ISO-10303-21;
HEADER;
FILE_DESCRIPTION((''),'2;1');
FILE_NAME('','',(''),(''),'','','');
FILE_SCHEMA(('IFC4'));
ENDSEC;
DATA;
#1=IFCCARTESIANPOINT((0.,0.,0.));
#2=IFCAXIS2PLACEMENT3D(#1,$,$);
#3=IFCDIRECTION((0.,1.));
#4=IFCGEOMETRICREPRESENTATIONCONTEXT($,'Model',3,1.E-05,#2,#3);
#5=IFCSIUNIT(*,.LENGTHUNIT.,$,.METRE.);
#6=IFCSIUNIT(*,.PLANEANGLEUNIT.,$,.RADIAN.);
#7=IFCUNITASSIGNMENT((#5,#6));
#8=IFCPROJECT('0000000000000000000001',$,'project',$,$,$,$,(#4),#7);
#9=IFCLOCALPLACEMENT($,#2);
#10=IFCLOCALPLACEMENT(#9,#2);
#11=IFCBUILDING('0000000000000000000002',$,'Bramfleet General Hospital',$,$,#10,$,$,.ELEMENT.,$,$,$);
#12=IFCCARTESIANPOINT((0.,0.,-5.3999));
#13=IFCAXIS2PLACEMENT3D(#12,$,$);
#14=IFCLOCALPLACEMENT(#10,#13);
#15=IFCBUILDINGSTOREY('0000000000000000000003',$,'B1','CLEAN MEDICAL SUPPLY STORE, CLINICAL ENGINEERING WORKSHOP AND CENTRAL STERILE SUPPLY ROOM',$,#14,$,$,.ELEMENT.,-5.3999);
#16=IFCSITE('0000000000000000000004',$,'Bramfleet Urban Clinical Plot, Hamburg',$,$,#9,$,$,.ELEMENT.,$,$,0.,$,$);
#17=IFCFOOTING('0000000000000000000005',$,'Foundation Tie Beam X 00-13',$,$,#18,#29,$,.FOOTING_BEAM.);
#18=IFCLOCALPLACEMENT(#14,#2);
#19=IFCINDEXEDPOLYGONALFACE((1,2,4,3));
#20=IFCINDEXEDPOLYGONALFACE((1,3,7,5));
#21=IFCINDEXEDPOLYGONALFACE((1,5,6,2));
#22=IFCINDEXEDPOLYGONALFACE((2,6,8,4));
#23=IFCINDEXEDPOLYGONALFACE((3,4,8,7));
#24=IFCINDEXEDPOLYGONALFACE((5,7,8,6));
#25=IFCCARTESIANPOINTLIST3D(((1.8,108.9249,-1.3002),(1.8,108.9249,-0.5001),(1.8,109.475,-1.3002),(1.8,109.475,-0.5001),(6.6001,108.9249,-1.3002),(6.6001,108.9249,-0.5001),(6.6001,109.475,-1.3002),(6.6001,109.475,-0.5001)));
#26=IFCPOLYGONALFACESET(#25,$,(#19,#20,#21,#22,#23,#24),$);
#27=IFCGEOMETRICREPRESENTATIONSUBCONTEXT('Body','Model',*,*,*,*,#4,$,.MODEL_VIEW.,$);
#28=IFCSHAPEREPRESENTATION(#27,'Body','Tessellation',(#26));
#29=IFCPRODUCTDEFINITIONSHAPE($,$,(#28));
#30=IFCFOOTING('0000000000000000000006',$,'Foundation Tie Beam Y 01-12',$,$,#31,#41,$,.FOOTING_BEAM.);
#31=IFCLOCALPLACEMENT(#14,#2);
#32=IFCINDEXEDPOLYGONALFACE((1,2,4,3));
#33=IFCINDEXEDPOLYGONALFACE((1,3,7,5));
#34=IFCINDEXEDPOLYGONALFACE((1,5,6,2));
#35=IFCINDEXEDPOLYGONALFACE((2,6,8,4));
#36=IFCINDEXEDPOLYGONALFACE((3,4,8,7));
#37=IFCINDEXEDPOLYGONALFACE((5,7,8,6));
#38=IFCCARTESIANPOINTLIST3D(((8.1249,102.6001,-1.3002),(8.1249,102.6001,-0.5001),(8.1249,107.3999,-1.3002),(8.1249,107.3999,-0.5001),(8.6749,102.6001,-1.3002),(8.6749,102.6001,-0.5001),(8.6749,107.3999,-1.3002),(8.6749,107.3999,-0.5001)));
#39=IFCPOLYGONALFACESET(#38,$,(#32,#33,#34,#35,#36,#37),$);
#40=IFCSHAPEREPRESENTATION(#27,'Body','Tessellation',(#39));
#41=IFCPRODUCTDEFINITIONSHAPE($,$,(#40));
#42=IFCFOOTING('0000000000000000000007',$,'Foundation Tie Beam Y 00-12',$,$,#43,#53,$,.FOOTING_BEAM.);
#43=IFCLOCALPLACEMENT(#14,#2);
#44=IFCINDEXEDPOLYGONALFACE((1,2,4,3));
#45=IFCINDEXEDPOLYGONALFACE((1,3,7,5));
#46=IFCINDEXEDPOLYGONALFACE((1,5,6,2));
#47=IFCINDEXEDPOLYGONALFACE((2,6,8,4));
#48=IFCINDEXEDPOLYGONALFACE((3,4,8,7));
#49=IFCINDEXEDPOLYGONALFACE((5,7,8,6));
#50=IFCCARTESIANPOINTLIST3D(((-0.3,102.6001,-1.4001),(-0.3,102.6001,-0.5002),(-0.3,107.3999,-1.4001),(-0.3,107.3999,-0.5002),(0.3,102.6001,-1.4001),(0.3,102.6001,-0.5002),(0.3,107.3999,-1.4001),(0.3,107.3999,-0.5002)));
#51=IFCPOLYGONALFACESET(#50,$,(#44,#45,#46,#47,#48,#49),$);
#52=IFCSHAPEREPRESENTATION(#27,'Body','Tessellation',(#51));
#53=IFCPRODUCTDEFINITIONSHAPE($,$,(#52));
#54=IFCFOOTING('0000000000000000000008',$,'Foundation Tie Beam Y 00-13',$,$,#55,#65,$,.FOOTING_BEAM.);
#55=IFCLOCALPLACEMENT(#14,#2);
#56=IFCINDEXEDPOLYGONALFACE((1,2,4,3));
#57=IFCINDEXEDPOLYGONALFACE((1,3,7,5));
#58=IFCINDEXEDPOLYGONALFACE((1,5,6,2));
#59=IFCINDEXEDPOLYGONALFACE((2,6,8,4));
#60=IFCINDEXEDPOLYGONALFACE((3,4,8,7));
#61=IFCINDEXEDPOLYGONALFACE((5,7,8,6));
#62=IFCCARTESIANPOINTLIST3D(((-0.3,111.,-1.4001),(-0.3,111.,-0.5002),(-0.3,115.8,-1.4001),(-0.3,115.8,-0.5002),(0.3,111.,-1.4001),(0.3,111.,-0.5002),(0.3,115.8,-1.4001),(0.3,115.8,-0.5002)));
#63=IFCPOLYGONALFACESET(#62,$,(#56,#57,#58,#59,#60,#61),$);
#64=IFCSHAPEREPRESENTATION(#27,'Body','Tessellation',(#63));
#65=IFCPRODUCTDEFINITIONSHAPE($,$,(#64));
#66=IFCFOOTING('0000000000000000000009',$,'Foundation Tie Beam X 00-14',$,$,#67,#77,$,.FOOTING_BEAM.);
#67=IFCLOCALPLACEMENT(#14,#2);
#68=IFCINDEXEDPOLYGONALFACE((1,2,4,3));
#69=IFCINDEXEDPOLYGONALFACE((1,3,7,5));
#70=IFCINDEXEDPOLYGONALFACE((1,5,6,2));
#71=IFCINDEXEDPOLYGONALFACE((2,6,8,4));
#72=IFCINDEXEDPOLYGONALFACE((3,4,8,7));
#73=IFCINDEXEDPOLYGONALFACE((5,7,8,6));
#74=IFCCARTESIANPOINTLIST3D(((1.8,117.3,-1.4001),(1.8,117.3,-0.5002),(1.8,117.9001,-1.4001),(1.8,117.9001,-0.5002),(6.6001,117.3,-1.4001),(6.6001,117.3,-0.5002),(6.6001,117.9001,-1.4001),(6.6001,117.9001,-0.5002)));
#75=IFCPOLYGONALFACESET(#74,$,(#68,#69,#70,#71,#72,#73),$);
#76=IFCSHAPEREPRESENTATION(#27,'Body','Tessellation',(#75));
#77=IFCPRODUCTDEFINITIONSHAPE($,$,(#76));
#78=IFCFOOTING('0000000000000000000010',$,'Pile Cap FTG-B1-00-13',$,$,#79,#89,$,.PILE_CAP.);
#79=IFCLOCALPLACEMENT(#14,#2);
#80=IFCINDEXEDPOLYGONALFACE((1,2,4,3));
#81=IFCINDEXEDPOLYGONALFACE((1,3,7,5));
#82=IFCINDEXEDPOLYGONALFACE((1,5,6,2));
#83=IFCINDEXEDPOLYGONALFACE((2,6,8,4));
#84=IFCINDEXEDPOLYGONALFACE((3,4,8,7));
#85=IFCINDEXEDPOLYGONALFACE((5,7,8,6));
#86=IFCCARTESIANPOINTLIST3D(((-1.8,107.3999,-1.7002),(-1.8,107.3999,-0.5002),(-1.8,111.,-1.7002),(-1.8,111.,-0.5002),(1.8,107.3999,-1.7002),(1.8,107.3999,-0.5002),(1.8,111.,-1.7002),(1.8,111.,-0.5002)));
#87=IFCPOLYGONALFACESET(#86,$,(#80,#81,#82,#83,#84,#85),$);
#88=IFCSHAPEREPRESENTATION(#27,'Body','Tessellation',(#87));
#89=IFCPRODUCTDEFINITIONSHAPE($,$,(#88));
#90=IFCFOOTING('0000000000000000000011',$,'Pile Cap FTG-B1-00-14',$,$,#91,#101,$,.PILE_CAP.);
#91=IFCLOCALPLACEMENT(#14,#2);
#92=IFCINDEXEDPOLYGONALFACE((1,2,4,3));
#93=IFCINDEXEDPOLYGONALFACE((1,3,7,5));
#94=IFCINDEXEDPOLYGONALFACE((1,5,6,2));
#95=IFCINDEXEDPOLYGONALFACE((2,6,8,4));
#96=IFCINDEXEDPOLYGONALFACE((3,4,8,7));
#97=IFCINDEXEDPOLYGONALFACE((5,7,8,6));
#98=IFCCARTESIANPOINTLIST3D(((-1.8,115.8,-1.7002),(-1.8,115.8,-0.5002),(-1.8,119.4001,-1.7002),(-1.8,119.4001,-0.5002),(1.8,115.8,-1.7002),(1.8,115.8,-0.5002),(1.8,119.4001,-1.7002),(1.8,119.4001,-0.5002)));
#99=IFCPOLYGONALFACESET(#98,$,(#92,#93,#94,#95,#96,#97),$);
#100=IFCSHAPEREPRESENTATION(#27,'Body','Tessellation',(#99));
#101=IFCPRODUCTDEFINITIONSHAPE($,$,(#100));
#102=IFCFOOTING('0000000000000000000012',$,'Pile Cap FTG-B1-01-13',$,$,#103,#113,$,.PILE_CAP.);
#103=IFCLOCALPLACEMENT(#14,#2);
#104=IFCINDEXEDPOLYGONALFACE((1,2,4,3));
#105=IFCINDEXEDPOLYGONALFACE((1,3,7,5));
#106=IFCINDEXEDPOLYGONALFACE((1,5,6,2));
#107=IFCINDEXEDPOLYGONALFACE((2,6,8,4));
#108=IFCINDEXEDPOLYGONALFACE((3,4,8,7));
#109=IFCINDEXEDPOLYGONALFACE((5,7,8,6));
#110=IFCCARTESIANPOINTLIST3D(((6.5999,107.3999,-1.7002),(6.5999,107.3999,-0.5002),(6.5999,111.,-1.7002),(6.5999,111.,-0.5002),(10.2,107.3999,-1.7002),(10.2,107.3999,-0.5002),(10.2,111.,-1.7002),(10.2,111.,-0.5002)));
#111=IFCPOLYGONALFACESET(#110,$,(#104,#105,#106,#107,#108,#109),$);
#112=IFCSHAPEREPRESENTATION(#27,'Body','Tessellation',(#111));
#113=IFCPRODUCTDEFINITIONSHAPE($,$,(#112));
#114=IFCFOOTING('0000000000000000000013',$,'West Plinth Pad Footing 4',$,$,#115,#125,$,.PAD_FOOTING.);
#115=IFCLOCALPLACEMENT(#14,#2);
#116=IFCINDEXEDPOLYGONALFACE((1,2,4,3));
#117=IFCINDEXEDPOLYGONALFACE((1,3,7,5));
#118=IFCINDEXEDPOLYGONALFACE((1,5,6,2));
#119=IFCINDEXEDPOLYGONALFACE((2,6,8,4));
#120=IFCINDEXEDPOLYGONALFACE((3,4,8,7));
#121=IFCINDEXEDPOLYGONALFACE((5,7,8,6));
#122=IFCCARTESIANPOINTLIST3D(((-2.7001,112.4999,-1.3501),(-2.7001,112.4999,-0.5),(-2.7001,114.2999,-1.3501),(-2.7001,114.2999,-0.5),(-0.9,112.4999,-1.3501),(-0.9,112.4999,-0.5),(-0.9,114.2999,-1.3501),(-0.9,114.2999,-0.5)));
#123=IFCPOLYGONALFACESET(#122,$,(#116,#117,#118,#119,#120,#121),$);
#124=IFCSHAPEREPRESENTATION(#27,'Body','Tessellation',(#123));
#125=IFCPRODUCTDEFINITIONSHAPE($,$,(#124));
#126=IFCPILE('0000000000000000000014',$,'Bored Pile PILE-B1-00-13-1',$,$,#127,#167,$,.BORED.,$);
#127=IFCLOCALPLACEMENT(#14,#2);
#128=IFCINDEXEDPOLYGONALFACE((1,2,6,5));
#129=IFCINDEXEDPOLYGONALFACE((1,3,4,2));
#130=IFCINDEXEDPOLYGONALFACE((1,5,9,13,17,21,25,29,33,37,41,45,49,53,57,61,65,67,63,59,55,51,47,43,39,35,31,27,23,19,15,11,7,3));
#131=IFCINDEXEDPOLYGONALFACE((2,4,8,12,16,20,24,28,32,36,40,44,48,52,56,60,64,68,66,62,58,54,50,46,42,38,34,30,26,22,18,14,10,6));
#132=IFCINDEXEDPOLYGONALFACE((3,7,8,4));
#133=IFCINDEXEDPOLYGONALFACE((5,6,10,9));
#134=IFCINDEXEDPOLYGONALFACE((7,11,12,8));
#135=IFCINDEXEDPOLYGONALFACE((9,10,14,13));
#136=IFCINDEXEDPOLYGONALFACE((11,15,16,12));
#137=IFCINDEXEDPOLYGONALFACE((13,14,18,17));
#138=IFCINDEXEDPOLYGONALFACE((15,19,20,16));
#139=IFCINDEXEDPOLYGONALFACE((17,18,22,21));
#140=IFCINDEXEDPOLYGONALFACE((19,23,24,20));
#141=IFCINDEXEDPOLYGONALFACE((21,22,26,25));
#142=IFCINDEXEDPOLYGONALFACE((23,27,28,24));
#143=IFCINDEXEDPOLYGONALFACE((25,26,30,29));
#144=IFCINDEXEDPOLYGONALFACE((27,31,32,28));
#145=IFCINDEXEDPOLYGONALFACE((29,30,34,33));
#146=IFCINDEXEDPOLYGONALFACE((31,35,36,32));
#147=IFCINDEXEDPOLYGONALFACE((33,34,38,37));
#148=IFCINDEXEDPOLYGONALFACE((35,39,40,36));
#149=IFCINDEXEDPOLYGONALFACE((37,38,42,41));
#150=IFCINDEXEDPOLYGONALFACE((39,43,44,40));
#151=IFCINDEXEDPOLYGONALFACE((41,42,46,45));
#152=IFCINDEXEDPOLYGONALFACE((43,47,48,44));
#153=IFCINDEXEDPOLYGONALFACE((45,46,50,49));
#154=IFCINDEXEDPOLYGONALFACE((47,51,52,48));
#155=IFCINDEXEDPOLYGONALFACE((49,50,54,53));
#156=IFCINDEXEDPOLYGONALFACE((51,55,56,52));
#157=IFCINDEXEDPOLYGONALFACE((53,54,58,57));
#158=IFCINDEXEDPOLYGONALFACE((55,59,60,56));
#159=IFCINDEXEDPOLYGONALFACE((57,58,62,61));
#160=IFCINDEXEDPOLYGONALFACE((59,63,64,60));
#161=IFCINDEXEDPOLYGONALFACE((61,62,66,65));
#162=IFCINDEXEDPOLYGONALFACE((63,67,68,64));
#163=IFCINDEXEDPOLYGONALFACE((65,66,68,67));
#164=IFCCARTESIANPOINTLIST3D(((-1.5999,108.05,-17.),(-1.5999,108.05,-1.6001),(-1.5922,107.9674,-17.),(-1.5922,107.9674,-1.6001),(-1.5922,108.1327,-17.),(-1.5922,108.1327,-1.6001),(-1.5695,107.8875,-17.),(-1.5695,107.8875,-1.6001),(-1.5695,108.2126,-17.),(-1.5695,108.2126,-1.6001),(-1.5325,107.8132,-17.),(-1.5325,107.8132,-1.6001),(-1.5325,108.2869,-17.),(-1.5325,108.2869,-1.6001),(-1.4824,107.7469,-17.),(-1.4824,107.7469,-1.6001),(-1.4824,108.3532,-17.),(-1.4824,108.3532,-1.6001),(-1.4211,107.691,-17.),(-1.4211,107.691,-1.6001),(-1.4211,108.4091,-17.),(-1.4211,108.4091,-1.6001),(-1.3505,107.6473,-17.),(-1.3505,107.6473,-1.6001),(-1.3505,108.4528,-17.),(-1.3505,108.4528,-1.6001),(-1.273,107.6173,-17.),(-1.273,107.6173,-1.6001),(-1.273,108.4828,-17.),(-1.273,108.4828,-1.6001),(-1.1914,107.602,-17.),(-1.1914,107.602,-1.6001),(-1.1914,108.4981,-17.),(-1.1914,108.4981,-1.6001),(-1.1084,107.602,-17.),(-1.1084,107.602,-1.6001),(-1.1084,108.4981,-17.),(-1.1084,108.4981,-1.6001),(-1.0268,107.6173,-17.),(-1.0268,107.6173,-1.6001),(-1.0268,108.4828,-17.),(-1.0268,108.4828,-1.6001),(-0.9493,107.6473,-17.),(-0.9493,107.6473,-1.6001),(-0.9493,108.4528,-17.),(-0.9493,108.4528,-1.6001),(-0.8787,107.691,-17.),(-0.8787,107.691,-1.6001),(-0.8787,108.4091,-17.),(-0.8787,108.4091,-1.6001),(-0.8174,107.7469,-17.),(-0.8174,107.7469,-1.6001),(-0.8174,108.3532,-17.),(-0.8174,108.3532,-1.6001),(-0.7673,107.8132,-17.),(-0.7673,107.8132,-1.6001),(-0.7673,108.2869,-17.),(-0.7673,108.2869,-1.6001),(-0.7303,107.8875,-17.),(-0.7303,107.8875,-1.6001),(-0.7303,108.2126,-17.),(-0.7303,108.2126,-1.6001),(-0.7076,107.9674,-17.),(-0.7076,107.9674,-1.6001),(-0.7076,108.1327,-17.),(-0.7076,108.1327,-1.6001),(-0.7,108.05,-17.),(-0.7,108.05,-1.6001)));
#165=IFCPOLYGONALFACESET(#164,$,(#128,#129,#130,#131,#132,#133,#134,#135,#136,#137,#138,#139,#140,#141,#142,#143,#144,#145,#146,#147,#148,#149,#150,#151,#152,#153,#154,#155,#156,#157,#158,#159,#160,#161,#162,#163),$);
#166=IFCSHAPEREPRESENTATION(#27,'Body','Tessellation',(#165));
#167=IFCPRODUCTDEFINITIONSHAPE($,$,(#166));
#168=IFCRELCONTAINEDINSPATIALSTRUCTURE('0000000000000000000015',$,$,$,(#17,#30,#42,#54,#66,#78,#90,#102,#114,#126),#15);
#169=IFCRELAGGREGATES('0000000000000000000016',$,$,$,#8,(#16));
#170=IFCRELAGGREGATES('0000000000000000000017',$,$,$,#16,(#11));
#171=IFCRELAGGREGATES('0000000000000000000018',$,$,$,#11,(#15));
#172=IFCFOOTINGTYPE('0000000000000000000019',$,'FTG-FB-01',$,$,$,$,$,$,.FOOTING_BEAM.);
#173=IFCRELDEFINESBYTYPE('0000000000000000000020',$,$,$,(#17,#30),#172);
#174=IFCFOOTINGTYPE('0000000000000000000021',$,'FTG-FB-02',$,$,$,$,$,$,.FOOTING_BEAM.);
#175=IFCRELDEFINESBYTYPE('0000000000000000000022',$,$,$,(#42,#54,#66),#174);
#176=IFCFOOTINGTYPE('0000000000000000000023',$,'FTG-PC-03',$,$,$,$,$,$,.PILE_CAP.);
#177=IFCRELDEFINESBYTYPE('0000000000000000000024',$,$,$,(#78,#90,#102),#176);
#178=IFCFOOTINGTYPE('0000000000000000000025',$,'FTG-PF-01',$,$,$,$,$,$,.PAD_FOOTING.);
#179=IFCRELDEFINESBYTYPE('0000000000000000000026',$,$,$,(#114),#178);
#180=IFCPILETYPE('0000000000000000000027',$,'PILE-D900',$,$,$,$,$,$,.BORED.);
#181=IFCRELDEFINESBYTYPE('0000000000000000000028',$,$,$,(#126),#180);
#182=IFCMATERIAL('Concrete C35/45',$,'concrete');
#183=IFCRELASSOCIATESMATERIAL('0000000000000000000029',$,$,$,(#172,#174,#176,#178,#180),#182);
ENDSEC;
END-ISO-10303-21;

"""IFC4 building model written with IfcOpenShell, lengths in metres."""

from ifc_helpers import new_model, si_unit, direction, frame, origin, origin_2d, place, context, subcontext, project, spatial, rectangle, circle, extrude, material, material_profile, profile_set, type_object, element, save


model = new_model("IFC4")

# Units and contexts
model_context = context("Model", 3, precision=1e-05, world=origin(), true_north=direction((0.0, 1.0)))
body_context = subcontext(model_context, "Body", "Model", "MODEL_VIEW")
ifc_project = project(units=[si_unit("LENGTHUNIT", "METRE"), si_unit("PLANEANGLEUNIT", "RADIAN")], contexts=[model_context])

# Site, building, storey
site_placement = place(None, origin())
site = spatial("IfcSite", under=ifc_project, at=site_placement, Name="Bramfleet Urban Clinical Plot, Hamburg", CompositionType="ELEMENT", RefElevation=0.0)
building_placement = place(site_placement, origin())
building = spatial("IfcBuilding", under=site, at=building_placement, Name="Bramfleet General Hospital", CompositionType="ELEMENT")
storey_placement = place(building_placement, frame((0.0, 0.0, -5.3999)))
storey = spatial("IfcBuildingStorey", under=building, at=storey_placement, Name="B1", Description="CLEAN MEDICAL SUPPLY STORE, CLINICAL ENGINEERING WORKSHOP AND CENTRAL STERILE SUPPLY ROOM", CompositionType="ELEMENT", Elevation=-5.3999)

# Footings
ifc_material_1 = material(Name="Concrete C35/45", Category="concrete")
ifc_material_profile_1 = material_profile(ifc_material_1, rectangle(XDim=0.55, YDim=0.8, at=origin_2d()), Name="RC FB 800x550")
ifc_profile_set_1 = profile_set([ifc_material_profile_1], Name="Concrete C35/45")
footing_type_1 = type_object("IfcFootingType", Name="FTG-FB-01", PredefinedType="FOOTING_BEAM", material=ifc_profile_set_1)
footing_1_placement = place(storey_placement, frame((1.8, 109.2, -0.9001), z_axis=(1.0, 0.0, 0.0), x_axis=(0.0, 1.0, 0.0)))
element("IfcFooting", 1, at=footing_1_placement, inside=storey, type_object=footing_type_1, Name="Foundation Tie Beam X 00-13", PredefinedType="FOOTING_BEAM", context=body_context, shape_type="SweptSolid", body=[
    extrude(rectangle(XDim=0.55, YDim=0.8, at=origin_2d()), origin(), (0.0, 0.0, 1.0), 4.8),
])
footing_2_placement = place(storey_placement, frame((8.3999, 102.6001, -0.9001), z_axis=(0.0, 1.0, 0.0), x_axis=(-1.0, 0.0, 0.0)))
element("IfcFooting", 2, at=footing_2_placement, inside=storey, type_object=footing_type_1, Name="Foundation Tie Beam Y 01-12", PredefinedType="FOOTING_BEAM", context=body_context, shape_type="SweptSolid", body=[
    extrude(rectangle(XDim=0.55, YDim=0.8, at=origin_2d()), origin(), (0.0, 0.0, 1.0), 4.7998),
])
ifc_material_profile_2 = material_profile(ifc_material_1, rectangle(XDim=0.6001, YDim=0.8999, at=origin_2d()), Name="RC FB 900x600")
ifc_profile_set_2 = profile_set([ifc_material_profile_2], Name="Concrete C35/45")
footing_type_2 = type_object("IfcFootingType", Name="FTG-FB-02", PredefinedType="FOOTING_BEAM", material=ifc_profile_set_2)
footing_3_placement = place(storey_placement, frame((0.0, 102.6001, -0.9502), z_axis=(0.0, 1.0, 0.0), x_axis=(-1.0, 0.0, 0.0)))
element("IfcFooting", 3, at=footing_3_placement, inside=storey, type_object=footing_type_2, Name="Foundation Tie Beam Y 00-12", PredefinedType="FOOTING_BEAM", context=body_context, shape_type="SweptSolid", body=[
    extrude(rectangle(XDim=0.6001, YDim=0.8999, at=origin_2d()), origin(), (0.0, 0.0, 1.0), 4.7998),
])
for number, where, z_axis, x_axis, name in (
    (4, (0.0, 111.0, -0.9502), (0.0, 1.0, 0.0), (-1.0, 0.0, 0.0), "Foundation Tie Beam Y 00-13"),
    (5, (1.8, 117.6001, -0.9502), (1.0, 0.0, 0.0), (0.0, 1.0, 0.0), "Foundation Tie Beam X 00-14"),
):
    element("IfcFooting", number, at=place(storey_placement, frame(where, z_axis=z_axis, x_axis=x_axis)), inside=storey, type_object=footing_type_2, Name=name, PredefinedType="FOOTING_BEAM", context=body_context, shape_type="SweptSolid", body=[
        extrude(rectangle(XDim=0.6001, YDim=0.8999, at=origin_2d()), origin(), (0.0, 0.0, 1.0), 4.8),
    ])
footing_type_3 = type_object("IfcFootingType", Name="FTG-PC-03", PredefinedType="PILE_CAP", material=ifc_material_1)
for number, where, z_axis, x_axis, name in (
    (6, (0.0, 109.2, -1.7002), (0.0, 0.0, 1.0), (1.0, 0.0, 0.0), "Pile Cap FTG-B1-00-13"),
    (7, (0.0, 117.6001, -1.7002), (0.0, 0.0, 1.0), (1.0, 0.0, 0.0), "Pile Cap FTG-B1-00-14"),
    (8, (8.3999, 109.2, -1.7002), (0.0, 0.0, 1.0), (1.0, 0.0, 0.0), "Pile Cap FTG-B1-01-13"),
):
    element("IfcFooting", number, at=place(storey_placement, frame(where, z_axis=z_axis, x_axis=x_axis)), inside=storey, type_object=footing_type_3, Name=name, PredefinedType="PILE_CAP", context=body_context, shape_type="SweptSolid", body=[
        extrude(rectangle(XDim=3.6001, YDim=3.6001, at=origin_2d()), origin(), (0.0, 0.0, 1.0), 1.2),
    ])
footing_type_4 = type_object("IfcFootingType", Name="FTG-PF-01", PredefinedType="PAD_FOOTING", material=ifc_material_1)
footing_4_placement = place(storey_placement, frame((-1.8, 113.3999, -1.3501), z_axis=(0.0, 0.0, 1.0), x_axis=(1.0, 0.0, 0.0)))
element("IfcFooting", 9, at=footing_4_placement, inside=storey, type_object=footing_type_4, Name="West Plinth Pad Footing 4", PredefinedType="PAD_FOOTING", context=body_context, shape_type="SweptSolid", body=[
    extrude(rectangle(XDim=1.8, YDim=1.8, at=origin_2d()), origin(), (0.0, 0.0, 1.0), 0.8501),
])

# Pile
ifc_material_profile_3 = material_profile(ifc_material_1, circle(Radius=0.45, at=origin_2d()), Name="PILE BORED D900")
ifc_profile_set_3 = profile_set([ifc_material_profile_3], Name="Concrete C35/45")
pile_type = type_object("IfcPileType", Name="PILE-D900", PredefinedType="BORED", material=ifc_profile_set_3)
for number, where, z_axis, x_axis, name in (
    (10, (-1.1499, 108.05, -1.6001), (0.0, 0.0, -1.0), (1.0, 0.0, 0.0), "Bored Pile PILE-B1-00-13-1"),
):
    element("IfcPile", number, at=place(storey_placement, frame(where, z_axis=z_axis, x_axis=x_axis)), inside=storey, type_object=pile_type, Name=name, PredefinedType="BORED", context=body_context, shape_type="SweptSolid", body=[
        extrude(circle(Radius=0.45, at=origin_2d()), origin(), (0.0, 0.0, 1.0), 15.3999),
    ])

save(model, "model.ifc")
